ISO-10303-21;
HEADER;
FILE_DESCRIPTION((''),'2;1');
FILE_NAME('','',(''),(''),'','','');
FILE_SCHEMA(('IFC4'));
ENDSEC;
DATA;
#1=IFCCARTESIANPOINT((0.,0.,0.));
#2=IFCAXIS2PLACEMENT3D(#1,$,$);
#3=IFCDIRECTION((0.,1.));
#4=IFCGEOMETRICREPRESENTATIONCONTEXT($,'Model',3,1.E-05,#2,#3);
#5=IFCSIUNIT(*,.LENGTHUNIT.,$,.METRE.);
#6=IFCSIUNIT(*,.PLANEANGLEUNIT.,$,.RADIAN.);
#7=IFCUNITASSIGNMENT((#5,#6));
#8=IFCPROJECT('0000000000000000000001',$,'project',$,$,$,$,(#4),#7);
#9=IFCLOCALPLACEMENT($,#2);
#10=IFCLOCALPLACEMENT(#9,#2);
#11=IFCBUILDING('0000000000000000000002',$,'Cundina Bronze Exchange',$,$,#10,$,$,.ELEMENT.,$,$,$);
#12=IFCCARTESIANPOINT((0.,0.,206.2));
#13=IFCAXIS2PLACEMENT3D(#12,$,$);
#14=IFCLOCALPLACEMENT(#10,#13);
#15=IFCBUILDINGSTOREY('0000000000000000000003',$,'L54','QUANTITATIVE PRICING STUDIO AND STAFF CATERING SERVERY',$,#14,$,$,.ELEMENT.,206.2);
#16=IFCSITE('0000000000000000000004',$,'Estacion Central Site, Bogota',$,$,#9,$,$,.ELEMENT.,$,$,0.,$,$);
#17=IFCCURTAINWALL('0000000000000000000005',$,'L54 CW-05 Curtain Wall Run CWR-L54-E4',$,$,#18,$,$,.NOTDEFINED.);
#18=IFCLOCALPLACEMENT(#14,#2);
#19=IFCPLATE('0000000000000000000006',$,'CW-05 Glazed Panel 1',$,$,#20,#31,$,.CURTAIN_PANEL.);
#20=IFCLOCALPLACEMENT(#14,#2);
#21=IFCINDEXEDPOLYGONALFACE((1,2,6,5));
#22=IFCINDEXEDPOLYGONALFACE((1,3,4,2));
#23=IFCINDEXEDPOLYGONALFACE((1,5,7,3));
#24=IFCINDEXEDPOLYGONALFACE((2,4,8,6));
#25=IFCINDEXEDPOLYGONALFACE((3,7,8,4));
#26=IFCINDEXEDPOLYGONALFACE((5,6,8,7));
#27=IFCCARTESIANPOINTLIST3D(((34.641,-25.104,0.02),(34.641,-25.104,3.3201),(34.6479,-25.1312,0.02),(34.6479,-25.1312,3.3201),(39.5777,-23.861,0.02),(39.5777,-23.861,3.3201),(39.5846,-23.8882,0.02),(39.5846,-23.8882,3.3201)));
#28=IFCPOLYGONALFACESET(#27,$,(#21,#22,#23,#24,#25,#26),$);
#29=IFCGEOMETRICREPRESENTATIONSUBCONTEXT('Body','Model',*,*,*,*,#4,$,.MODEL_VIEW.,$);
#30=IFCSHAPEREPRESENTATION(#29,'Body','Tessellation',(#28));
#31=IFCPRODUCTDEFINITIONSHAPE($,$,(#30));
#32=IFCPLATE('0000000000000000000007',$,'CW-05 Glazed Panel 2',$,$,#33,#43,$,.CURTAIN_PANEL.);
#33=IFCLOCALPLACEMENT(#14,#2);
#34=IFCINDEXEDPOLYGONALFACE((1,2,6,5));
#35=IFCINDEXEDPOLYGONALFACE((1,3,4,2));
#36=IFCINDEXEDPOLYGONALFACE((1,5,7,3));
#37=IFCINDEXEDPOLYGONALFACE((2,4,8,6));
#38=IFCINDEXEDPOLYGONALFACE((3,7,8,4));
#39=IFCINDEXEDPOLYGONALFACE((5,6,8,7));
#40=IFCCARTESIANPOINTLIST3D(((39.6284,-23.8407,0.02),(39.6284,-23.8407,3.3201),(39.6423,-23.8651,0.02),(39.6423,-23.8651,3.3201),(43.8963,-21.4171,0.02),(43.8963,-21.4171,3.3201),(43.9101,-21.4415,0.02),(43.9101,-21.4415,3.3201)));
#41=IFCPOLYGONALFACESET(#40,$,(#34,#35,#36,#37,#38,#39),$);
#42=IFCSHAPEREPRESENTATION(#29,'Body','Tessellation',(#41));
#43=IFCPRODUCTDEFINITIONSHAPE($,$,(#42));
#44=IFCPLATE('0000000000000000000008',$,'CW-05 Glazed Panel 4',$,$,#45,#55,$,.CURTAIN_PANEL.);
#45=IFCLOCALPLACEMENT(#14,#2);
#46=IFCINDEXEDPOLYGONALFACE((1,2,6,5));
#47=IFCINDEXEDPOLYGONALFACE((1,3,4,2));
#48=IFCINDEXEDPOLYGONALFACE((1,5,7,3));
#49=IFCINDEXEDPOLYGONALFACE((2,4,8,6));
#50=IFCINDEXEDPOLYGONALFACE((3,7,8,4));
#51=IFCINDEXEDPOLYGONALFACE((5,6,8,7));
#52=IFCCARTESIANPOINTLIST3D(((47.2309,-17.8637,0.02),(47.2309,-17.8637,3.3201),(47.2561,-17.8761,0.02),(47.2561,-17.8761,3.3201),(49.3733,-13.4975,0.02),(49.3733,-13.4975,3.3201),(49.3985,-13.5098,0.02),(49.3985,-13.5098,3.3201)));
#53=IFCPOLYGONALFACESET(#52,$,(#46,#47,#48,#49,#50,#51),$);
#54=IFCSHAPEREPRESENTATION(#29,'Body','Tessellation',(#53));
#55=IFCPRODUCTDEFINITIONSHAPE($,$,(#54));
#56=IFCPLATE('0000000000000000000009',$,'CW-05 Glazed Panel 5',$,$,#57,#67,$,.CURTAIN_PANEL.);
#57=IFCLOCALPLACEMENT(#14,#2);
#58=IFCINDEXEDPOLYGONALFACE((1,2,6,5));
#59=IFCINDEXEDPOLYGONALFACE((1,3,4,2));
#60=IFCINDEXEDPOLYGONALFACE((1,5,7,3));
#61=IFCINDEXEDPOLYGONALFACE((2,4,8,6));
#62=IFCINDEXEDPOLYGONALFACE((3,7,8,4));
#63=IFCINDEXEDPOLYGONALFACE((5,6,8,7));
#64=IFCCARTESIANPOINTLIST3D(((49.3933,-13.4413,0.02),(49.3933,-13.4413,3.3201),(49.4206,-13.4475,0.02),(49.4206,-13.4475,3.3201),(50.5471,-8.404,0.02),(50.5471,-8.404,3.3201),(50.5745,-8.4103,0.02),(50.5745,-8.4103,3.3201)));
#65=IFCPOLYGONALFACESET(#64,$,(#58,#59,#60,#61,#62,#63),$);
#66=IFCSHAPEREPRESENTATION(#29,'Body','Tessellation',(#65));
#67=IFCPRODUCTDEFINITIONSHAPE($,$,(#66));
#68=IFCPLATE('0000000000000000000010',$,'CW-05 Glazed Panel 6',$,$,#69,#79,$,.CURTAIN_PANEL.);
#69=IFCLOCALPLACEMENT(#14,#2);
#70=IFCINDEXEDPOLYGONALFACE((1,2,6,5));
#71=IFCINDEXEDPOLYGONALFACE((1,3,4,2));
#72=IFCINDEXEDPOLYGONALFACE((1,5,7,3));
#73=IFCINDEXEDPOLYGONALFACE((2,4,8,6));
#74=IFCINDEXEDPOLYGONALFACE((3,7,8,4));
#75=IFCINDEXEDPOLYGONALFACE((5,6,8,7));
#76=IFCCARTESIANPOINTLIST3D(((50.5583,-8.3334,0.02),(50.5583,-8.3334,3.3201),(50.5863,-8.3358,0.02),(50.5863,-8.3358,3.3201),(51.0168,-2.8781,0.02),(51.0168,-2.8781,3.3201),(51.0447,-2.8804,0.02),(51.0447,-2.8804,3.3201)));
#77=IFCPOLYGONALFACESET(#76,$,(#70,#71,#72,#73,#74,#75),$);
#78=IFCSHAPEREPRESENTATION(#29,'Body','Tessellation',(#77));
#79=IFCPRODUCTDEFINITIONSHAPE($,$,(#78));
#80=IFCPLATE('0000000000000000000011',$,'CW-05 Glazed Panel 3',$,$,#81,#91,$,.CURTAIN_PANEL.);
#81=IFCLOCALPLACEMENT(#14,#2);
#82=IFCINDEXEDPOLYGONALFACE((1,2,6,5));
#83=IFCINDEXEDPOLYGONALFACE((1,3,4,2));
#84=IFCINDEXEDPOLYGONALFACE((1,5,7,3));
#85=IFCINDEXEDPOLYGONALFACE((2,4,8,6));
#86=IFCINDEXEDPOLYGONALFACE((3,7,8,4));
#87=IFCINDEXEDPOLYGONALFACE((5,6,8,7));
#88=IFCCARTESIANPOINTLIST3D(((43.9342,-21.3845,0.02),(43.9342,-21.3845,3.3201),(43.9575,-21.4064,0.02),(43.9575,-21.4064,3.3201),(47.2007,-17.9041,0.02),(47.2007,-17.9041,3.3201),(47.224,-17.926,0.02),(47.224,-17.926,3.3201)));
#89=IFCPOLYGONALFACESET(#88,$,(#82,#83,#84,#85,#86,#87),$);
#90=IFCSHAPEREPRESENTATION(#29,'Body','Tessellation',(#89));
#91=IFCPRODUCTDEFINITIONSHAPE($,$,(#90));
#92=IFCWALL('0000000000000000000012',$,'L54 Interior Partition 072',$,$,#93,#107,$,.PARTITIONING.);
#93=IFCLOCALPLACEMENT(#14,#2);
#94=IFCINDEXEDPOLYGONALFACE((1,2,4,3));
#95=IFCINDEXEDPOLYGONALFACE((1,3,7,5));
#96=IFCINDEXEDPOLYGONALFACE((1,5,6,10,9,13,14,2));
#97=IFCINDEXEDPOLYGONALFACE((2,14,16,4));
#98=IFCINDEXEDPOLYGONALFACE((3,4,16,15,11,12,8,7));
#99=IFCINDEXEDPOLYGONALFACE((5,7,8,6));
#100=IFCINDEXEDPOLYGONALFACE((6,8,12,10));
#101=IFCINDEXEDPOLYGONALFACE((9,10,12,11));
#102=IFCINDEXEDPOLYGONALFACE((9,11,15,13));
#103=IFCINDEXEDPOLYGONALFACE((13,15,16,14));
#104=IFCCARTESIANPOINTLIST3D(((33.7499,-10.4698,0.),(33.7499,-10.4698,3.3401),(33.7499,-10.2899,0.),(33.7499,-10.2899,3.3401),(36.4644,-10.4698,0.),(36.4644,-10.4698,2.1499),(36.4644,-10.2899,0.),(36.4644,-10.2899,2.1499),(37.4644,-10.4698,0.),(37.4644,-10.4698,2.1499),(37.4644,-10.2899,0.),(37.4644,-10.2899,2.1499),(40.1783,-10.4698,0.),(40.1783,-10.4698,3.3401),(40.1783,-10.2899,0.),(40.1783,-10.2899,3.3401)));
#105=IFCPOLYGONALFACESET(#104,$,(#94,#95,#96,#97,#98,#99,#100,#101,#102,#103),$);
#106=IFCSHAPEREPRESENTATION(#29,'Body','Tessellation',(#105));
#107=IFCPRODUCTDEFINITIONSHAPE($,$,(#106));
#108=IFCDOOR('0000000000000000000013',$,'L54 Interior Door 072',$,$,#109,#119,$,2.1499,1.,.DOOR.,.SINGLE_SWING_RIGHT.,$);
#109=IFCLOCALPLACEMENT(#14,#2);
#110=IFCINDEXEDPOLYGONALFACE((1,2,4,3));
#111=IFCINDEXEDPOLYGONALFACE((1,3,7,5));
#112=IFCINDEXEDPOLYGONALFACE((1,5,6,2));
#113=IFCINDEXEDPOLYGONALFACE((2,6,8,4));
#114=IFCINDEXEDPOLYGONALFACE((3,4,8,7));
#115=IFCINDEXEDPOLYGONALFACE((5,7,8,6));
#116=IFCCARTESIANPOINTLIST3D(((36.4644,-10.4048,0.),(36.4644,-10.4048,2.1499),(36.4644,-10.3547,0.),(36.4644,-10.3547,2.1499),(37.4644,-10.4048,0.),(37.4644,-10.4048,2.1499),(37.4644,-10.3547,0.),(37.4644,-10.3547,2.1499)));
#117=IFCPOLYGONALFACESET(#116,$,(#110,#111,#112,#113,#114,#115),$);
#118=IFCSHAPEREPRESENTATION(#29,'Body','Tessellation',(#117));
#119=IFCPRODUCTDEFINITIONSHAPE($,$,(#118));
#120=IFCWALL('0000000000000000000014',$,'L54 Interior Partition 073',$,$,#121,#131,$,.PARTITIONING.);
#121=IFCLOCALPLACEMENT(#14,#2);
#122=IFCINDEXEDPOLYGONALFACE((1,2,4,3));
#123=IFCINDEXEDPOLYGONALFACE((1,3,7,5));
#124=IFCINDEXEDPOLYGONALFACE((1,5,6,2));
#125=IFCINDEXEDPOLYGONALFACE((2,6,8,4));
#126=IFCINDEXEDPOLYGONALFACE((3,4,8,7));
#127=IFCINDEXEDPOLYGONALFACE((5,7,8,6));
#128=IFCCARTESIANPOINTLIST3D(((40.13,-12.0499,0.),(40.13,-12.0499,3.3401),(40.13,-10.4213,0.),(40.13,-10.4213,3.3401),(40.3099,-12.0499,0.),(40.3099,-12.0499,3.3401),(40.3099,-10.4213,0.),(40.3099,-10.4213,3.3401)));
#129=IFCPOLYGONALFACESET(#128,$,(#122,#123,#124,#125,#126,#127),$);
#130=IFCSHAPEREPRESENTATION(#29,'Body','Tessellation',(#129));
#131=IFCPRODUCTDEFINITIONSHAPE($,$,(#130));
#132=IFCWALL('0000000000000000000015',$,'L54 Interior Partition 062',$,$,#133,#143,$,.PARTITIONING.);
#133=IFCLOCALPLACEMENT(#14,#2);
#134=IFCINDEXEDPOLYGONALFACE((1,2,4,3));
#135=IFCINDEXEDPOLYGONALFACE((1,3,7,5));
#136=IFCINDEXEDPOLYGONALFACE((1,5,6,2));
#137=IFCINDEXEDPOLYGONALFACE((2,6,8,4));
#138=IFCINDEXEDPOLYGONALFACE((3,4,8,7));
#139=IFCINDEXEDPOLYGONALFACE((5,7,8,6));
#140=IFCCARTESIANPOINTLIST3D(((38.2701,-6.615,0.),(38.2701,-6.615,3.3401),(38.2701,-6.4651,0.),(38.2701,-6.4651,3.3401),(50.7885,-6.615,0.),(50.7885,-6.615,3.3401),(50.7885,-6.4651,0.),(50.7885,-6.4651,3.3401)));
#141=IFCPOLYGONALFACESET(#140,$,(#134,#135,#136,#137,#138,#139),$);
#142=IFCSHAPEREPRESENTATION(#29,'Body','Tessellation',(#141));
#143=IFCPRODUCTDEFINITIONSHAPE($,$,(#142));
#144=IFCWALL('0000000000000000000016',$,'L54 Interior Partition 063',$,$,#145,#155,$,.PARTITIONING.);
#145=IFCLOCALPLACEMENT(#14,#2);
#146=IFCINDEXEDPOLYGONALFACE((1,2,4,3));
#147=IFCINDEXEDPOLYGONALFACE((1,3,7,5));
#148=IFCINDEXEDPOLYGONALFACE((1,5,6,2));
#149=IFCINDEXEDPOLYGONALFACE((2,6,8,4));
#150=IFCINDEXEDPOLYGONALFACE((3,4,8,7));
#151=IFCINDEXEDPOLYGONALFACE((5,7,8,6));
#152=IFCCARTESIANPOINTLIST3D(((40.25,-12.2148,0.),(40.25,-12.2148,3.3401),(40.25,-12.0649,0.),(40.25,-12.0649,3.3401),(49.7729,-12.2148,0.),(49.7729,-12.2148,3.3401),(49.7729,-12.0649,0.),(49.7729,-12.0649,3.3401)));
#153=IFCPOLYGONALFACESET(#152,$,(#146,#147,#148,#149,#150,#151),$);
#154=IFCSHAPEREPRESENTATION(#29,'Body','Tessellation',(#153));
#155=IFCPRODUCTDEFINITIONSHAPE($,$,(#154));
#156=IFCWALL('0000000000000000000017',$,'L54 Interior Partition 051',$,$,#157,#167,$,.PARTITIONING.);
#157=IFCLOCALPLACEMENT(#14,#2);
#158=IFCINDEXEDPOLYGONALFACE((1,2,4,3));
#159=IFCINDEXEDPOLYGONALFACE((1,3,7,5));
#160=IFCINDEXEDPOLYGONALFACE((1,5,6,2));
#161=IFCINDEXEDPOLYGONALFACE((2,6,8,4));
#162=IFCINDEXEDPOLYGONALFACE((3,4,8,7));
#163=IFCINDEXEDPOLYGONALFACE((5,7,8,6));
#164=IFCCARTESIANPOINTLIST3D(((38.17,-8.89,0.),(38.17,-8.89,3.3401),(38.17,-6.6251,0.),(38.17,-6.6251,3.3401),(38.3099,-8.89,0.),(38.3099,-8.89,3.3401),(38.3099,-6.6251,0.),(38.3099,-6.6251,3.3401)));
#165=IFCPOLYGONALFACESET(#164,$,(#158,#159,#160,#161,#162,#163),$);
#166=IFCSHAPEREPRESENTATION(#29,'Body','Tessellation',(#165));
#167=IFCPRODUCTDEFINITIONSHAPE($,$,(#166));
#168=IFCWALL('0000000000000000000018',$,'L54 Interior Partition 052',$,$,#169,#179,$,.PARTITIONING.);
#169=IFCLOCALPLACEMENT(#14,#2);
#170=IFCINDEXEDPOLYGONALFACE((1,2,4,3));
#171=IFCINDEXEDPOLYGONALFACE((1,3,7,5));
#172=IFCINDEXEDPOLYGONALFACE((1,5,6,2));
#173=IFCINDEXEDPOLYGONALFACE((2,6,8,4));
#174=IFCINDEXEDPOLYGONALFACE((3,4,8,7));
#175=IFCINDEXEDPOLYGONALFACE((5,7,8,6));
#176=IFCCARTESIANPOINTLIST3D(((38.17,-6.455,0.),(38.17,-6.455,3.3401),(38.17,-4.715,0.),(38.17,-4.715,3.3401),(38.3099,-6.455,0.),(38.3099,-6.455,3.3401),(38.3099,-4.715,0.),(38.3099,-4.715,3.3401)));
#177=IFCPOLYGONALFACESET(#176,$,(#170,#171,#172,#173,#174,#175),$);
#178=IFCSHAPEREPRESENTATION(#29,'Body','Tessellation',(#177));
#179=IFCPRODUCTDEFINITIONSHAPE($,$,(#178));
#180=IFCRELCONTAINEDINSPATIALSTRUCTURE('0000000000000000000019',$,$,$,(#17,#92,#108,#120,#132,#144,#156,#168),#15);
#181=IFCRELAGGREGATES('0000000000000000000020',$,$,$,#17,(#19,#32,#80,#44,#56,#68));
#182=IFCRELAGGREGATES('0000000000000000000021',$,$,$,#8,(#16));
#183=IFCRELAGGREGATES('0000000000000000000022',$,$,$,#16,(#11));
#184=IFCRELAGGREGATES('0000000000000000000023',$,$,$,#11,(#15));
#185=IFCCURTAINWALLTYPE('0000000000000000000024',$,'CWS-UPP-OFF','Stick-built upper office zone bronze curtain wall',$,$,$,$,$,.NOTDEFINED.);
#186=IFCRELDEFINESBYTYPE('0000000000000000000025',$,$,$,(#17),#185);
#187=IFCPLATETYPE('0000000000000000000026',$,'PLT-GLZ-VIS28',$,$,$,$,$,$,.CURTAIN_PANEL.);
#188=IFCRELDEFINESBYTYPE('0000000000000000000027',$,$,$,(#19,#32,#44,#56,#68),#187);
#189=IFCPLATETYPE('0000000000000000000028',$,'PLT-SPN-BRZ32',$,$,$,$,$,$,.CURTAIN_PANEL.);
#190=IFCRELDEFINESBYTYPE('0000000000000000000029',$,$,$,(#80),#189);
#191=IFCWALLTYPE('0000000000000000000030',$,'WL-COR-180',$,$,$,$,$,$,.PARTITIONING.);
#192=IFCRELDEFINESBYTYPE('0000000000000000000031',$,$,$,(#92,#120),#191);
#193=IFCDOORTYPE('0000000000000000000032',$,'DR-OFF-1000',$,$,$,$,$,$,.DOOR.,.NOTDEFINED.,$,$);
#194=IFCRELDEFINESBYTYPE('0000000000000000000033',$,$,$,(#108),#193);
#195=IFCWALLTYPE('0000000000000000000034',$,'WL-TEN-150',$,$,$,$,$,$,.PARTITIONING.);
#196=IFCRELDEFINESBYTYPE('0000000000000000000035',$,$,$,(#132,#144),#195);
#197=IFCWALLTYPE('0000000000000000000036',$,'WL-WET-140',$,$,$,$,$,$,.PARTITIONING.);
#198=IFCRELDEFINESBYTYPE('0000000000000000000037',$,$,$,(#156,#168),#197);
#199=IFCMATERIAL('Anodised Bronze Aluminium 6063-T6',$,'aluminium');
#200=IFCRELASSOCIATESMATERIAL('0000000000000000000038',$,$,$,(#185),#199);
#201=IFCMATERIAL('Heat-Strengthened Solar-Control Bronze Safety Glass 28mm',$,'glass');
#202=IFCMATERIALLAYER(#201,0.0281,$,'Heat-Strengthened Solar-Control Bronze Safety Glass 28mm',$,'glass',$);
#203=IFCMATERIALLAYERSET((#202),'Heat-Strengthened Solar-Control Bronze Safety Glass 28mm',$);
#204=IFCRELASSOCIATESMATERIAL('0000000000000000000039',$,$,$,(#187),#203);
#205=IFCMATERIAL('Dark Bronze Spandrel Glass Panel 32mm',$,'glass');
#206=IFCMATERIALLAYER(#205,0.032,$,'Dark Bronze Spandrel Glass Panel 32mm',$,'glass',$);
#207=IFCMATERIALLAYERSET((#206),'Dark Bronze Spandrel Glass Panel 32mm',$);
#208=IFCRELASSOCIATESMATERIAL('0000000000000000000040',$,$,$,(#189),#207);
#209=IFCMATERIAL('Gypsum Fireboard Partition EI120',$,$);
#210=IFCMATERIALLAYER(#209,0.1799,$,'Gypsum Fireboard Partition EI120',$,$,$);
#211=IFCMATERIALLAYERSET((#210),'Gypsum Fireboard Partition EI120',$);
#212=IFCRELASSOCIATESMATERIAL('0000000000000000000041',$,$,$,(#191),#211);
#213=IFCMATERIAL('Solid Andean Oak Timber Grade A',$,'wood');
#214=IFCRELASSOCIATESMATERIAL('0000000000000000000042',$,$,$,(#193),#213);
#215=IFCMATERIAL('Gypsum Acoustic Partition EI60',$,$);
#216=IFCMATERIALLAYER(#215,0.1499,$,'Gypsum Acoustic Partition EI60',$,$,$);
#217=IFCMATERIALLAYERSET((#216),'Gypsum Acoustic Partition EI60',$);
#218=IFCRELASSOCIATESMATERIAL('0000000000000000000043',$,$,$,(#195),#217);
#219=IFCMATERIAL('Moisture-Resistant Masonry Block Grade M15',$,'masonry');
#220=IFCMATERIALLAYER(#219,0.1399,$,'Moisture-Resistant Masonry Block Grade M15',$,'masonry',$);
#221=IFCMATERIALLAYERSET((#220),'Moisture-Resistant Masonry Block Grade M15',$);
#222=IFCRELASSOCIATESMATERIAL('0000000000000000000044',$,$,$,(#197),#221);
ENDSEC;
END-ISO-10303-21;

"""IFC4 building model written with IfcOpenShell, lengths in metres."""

from ifc_helpers import new_model, si_unit, direction, frame, frame_2d, origin, origin_2d, place, context, subcontext, project, spatial, rectangle, extrude, material, layer, layer_set, type_object, element, fill, aggregate, save


model = new_model("IFC4")

# Units and contexts
model_context = context("Model", 3, precision=1e-05, world=origin(), true_north=direction((0.0, 1.0)))
body_context = subcontext(model_context, "Body", "Model", "MODEL_VIEW")
ifc_project = project(units=[si_unit("LENGTHUNIT", "METRE"), si_unit("PLANEANGLEUNIT", "RADIAN")], contexts=[model_context])

# Site, building, storey
site_placement = place(None, origin())
site = spatial("IfcSite", under=ifc_project, at=site_placement, Name="Estacion Central Site, Bogota", CompositionType="ELEMENT", RefElevation=0.0)
building_placement = place(site_placement, origin())
building = spatial("IfcBuilding", under=site, at=building_placement, Name="Cundina Bronze Exchange", CompositionType="ELEMENT")
storey_placement = place(building_placement, frame((0.0, 0.0, 206.2)))
storey = spatial("IfcBuildingStorey", under=building, at=storey_placement, Name="L54", Description="QUANTITATIVE PRICING STUDIO AND STAFF CATERING SERVERY", CompositionType="ELEMENT", Elevation=206.2)

# Curtain wall, plates
ifc_material_1 = material(Name="Anodised Bronze Aluminium 6063-T6", Category="aluminium")
curtain_wall_type = type_object("IfcCurtainWallType", Name="CWS-UPP-OFF", Description="Stick-built upper office zone bronze curtain wall", PredefinedType="NOTDEFINED", material=ifc_material_1)
curtain_wall_placement = place(storey_placement, origin())
curtain_wall = element("IfcCurtainWall", 1, at=curtain_wall_placement, inside=storey, type_object=curtain_wall_type, Name="L54 CW-05 Curtain Wall Run CWR-L54-E4", PredefinedType="NOTDEFINED")
ifc_material_2 = material(Name="Heat-Strengthened Solar-Control Bronze Safety Glass 28mm", Category="glass")
ifc_layer_1 = layer(ifc_material_2, 0.0281, Name="Heat-Strengthened Solar-Control Bronze Safety Glass 28mm", Category="glass")
ifc_layer_set_1 = layer_set([ifc_layer_1], Name="Heat-Strengthened Solar-Control Bronze Safety Glass 28mm")
plate_type_1 = type_object("IfcPlateType", Name="PLT-GLZ-VIS28", PredefinedType="CURTAIN_PANEL", material=ifc_layer_set_1)
plate_1_placement = place(storey_placement, frame((37.1128, -24.4961, 0.02), z_axis=(0.0, 0.0, 1.0), x_axis=(0.969732, 0.244174, 0.0)))
plate_1 = element("IfcPlate", 2, at=plate_1_placement, type_object=plate_type_1, Name="CW-05 Glazed Panel 1", PredefinedType="CURTAIN_PANEL", context=body_context, shape_type="SweptSolid", body=[
    extrude(rectangle(XDim=5.0908, YDim=0.0281, at=origin_2d()), origin(), (0.0, 0.0, 1.0), 3.3),
])
plate_2_placement = place(storey_placement, frame((41.7693, -22.6411, 0.02), z_axis=(0.0, 0.0, 1.0), x_axis=(0.869573, 0.493805, 0.0)))
plate_2 = element("IfcPlate", 3, at=plate_2_placement, type_object=plate_type_1, Name="CW-05 Glazed Panel 2", PredefinedType="CURTAIN_PANEL", context=body_context, shape_type="SweptSolid", body=[
    extrude(rectangle(XDim=4.908, YDim=0.0281, at=origin_2d()), origin(), (0.0, 0.0, 1.0), 3.3),
])
plate_3_placement = place(storey_placement, frame((48.3147, -15.6868, 0.02), z_axis=(0.0, 0.0, 1.0), x_axis=(0.440503, 0.897751, 0.0)))
plate_3 = element("IfcPlate", 4, at=plate_3_placement, type_object=plate_type_1, Name="CW-05 Glazed Panel 4", PredefinedType="CURTAIN_PANEL", context=body_context, shape_type="SweptSolid", body=[
    extrude(rectangle(XDim=4.8635, YDim=0.0281, at=origin_2d()), origin(), (0.0, 0.0, 1.0), 3.3),
])
plate_4_placement = place(storey_placement, frame((49.9839, -10.9258, 0.02), z_axis=(0.0, 0.0, 1.0), x_axis=(0.223284, 0.974753, 0.0)))
plate_4 = element("IfcPlate", 5, at=plate_4_placement, type_object=plate_type_1, Name="CW-05 Glazed Panel 5", PredefinedType="CURTAIN_PANEL", context=body_context, shape_type="SweptSolid", body=[
    extrude(rectangle(XDim=5.1677, YDim=0.0281, at=origin_2d()), origin(), (0.0, 0.0, 1.0), 3.3),
])
plate_5_placement = place(storey_placement, frame((50.8015, -5.6069, 0.02), z_axis=(0.0, 0.0, 1.0), x_axis=(0.083747, 0.996487, 0.0)))
plate_5 = element("IfcPlate", 6, at=plate_5_placement, type_object=plate_type_1, Name="CW-05 Glazed Panel 6", PredefinedType="CURTAIN_PANEL", context=body_context, shape_type="SweptSolid", body=[
    extrude(rectangle(XDim=5.4746, YDim=0.0281, at=origin_2d()), origin(), (0.0, 0.0, 1.0), 3.3),
])
ifc_material_3 = material(Name="Dark Bronze Spandrel Glass Panel 32mm", Category="glass")
ifc_layer_2 = layer(ifc_material_3, 0.032, Name="Dark Bronze Spandrel Glass Panel 32mm", Category="glass")
ifc_layer_set_2 = layer_set([ifc_layer_2], Name="Dark Bronze Spandrel Glass Panel 32mm")
plate_type_2 = type_object("IfcPlateType", Name="PLT-SPN-BRZ32", PredefinedType="CURTAIN_PANEL", material=ifc_layer_set_2)
plate_6_placement = place(storey_placement, frame((45.5791, -19.6553, 0.02), z_axis=(0.0, 0.0, 1.0), x_axis=(0.684344, 0.72916, 0.0)))
plate_6 = element("IfcPlate", 7, at=plate_6_placement, type_object=plate_type_2, Name="CW-05 Glazed Panel 3", PredefinedType="CURTAIN_PANEL", context=body_context, shape_type="SweptSolid", body=[
    extrude(rectangle(XDim=4.7732, YDim=0.032, at=origin_2d()), origin(), (0.0, 0.0, 1.0), 3.3),
])
aggregate(curtain_wall, [plate_1, plate_2, plate_6, plate_3, plate_4, plate_5])

# Wall, opening, door
ifc_material_4 = material(Name="Gypsum Fireboard Partition EI120")
ifc_layer_3 = layer(ifc_material_4, 0.1799, Name="Gypsum Fireboard Partition EI120")
ifc_layer_set_3 = layer_set([ifc_layer_3], Name="Gypsum Fireboard Partition EI120")
wall_type_1 = type_object("IfcWallType", Name="WL-COR-180", PredefinedType="PARTITIONING", material=ifc_layer_set_3)
wall_1_placement = place(storey_placement, frame((40.1785, -10.3799, 0.0), z_axis=(0.0, 0.0, 1.0), x_axis=(-1.0, 0.0, 0.0)))
wall_1 = element("IfcWall", 8, at=wall_1_placement, inside=storey, type_object=wall_type_1, Name="L54 Interior Partition 072", PredefinedType="PARTITIONING", context=body_context, shape_type="SweptSolid", body=[
    extrude(rectangle(XDim=6.4285, YDim=0.1799, at=frame_2d((3.2144, 0.0))), origin(), (0.0, 0.0, 1.0), 3.3401),
])
opening_placement = place(wall_1_placement, frame((2.7141, 0.0, 0.0)))
opening = element("IfcOpeningElement", 9, at=opening_placement, cuts=wall_1, PredefinedType="OPENING", context=body_context, shape_type="SweptSolid", body=[
    extrude(rectangle(XDim=1.0, YDim=2.1499, at=frame_2d((0.5, 1.075))), frame((0.0, 0.0999, 0.0), z_axis=(0.0, -1.0, 0.0), x_axis=(1.0, 0.0, 0.0)), (0.0, 0.0, 1.0), 0.2),
])
ifc_material_5 = material(Name="Solid Andean Oak Timber Grade A", Category="wood")
door_type = type_object("IfcDoorType", Name="DR-OFF-1000", OperationType="NOTDEFINED", PredefinedType="DOOR", material=ifc_material_5)
door_placement = place(opening_placement, origin())
door = element("IfcDoor", 10, at=door_placement, inside=storey, type_object=door_type, Name="L54 Interior Door 072", OperationType="SINGLE_SWING_RIGHT", OverallHeight=2.1499, OverallWidth=1.0, PredefinedType="DOOR", context=body_context, shape_type="SweptSolid", body=[
    extrude(rectangle(XDim=1.0, YDim=2.1499, at=frame_2d((0.5, 1.075))), frame((0.0, 0.0249, 0.0), z_axis=(0.0, -1.0, 0.0), x_axis=(1.0, 0.0, 0.0)), (0.0, 0.0, 1.0), 0.05),
])
fill(opening, door)

# Walls
wall_2_placement = place(storey_placement, frame((40.22, -12.05, 0.0), z_axis=(0.0, 0.0, 1.0), x_axis=(0.0, 1.0, 0.0)))
element("IfcWall", 11, at=wall_2_placement, inside=storey, type_object=wall_type_1, Name="L54 Interior Partition 073", PredefinedType="PARTITIONING", context=body_context, shape_type="SweptSolid", body=[
    extrude(rectangle(XDim=1.6287, YDim=0.1799, at=frame_2d((0.8145, 0.0))), origin(), (0.0, 0.0, 1.0), 3.3401),
])
ifc_material_6 = material(Name="Gypsum Acoustic Partition EI60")
ifc_layer_4 = layer(ifc_material_6, 0.1499, Name="Gypsum Acoustic Partition EI60")
ifc_layer_set_4 = layer_set([ifc_layer_4], Name="Gypsum Acoustic Partition EI60")
wall_type_2 = type_object("IfcWallType", Name="WL-TEN-150", PredefinedType="PARTITIONING", material=ifc_layer_set_4)
wall_3_placement = place(storey_placement, frame((38.27, -6.54, 0.0), z_axis=(0.0, 0.0, 1.0), x_axis=(1.0, 0.0, 0.0)))
element("IfcWall", 12, at=wall_3_placement, inside=storey, type_object=wall_type_2, Name="L54 Interior Partition 062", PredefinedType="PARTITIONING", context=body_context, shape_type="SweptSolid", body=[
    extrude(rectangle(XDim=12.5183, YDim=0.1499, at=frame_2d((6.2593, 0.0))), origin(), (0.0, 0.0, 1.0), 3.3401),
])
wall_4_placement = place(storey_placement, frame((40.25, -12.1399, 0.0), z_axis=(0.0, 0.0, 1.0), x_axis=(1.0, 0.0, 0.0)))
element("IfcWall", 13, at=wall_4_placement, inside=storey, type_object=wall_type_2, Name="L54 Interior Partition 063", PredefinedType="PARTITIONING", context=body_context, shape_type="SweptSolid", body=[
    extrude(rectangle(XDim=9.5229, YDim=0.1499, at=frame_2d((4.7615, 0.0))), origin(), (0.0, 0.0, 1.0), 3.3401),
])
ifc_material_7 = material(Name="Moisture-Resistant Masonry Block Grade M15", Category="masonry")
ifc_layer_5 = layer(ifc_material_7, 0.1399, Name="Moisture-Resistant Masonry Block Grade M15", Category="masonry")
ifc_layer_set_5 = layer_set([ifc_layer_5], Name="Moisture-Resistant Masonry Block Grade M15")
wall_type_3 = type_object("IfcWallType", Name="WL-WET-140", PredefinedType="PARTITIONING", material=ifc_layer_set_5)
wall_5_placement = place(storey_placement, frame((38.24, -8.8899, 0.0), z_axis=(0.0, 0.0, 1.0), x_axis=(0.0, 1.0, 0.0)))
element("IfcWall", 14, at=wall_5_placement, inside=storey, type_object=wall_type_3, Name="L54 Interior Partition 051", PredefinedType="PARTITIONING", context=body_context, shape_type="SweptSolid", body=[
    extrude(rectangle(XDim=2.2649, YDim=0.1399, at=frame_2d((1.1323, 0.0))), origin(), (0.0, 0.0, 1.0), 3.3401),
])
wall_6_placement = place(storey_placement, frame((38.24, -6.4551, 0.0), z_axis=(0.0, 0.0, 1.0), x_axis=(0.0, 1.0, 0.0)))
element("IfcWall", 15, at=wall_6_placement, inside=storey, type_object=wall_type_3, Name="L54 Interior Partition 052", PredefinedType="PARTITIONING", context=body_context, shape_type="SweptSolid", body=[
    extrude(rectangle(XDim=1.74, YDim=0.1399, at=frame_2d((0.8701, 0.0))), origin(), (0.0, 0.0, 1.0), 3.3401),
])

save(model, "model.ifc")
